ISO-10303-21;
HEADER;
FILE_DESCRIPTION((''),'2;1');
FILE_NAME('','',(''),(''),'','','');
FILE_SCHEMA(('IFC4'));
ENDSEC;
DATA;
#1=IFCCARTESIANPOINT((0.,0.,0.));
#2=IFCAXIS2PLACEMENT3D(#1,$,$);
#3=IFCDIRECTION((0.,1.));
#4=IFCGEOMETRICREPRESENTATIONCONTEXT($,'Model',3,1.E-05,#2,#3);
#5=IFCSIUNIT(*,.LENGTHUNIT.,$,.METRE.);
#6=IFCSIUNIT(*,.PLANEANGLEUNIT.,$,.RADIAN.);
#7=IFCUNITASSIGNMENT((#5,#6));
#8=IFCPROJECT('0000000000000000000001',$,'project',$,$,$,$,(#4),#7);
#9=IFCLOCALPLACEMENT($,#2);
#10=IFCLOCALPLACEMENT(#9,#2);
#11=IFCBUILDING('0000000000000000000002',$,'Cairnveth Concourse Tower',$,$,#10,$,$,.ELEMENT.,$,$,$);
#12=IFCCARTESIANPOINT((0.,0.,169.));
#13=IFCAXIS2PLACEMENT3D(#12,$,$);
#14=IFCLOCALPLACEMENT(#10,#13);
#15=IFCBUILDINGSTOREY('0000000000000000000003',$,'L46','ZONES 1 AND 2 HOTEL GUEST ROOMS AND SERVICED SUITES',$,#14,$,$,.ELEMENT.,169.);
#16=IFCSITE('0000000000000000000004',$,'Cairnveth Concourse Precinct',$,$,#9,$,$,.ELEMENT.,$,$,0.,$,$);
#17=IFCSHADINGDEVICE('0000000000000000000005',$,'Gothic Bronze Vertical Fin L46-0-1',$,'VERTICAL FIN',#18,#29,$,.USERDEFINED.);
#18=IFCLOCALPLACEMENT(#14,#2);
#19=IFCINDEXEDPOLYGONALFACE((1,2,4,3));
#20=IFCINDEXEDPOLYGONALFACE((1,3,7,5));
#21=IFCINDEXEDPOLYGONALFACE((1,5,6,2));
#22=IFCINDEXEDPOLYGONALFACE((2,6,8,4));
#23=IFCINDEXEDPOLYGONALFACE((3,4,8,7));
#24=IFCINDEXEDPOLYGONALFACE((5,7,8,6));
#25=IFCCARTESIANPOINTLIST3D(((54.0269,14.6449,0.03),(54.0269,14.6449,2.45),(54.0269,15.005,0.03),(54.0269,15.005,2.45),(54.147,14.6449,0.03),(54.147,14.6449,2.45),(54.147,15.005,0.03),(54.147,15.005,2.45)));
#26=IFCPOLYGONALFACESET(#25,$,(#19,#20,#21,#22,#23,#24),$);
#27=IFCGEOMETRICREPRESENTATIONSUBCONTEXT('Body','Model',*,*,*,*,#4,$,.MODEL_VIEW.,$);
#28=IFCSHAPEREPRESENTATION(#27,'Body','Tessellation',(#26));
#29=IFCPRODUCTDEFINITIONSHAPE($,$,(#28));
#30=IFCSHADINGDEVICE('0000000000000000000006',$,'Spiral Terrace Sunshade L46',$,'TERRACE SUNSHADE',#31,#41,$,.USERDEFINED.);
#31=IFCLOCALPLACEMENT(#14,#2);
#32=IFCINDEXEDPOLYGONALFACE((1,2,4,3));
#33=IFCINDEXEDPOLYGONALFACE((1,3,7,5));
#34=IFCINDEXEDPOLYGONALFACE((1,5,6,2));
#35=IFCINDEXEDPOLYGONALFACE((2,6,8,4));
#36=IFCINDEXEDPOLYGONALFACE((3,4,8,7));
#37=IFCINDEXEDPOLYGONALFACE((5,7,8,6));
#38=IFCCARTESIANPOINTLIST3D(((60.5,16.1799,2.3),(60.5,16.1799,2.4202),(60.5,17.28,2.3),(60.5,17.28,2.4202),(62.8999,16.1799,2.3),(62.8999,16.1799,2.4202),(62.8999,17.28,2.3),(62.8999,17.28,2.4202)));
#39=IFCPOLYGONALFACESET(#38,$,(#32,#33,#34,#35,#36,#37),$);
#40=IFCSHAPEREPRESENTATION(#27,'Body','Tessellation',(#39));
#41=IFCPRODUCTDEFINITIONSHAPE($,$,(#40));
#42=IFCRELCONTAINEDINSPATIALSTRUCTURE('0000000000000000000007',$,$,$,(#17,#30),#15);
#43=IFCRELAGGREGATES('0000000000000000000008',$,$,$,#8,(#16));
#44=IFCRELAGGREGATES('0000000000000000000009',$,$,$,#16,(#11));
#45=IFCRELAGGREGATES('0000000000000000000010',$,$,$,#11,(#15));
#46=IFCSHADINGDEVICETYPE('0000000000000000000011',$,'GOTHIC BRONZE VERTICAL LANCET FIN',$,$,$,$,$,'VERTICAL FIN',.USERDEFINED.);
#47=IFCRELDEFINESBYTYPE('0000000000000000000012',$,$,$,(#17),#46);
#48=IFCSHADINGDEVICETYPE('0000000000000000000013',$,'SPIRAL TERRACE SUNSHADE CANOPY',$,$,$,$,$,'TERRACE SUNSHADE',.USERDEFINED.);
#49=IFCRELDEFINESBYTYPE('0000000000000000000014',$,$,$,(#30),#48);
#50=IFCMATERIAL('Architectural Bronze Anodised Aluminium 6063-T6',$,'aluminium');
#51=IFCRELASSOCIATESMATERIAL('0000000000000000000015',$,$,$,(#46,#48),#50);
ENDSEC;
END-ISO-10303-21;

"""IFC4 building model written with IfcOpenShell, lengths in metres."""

from ifc_helpers import new_model, si_unit, direction, frame, origin, origin_2d, place, context, subcontext, project, spatial, rectangle, extrude, material, type_object, element, save


model = new_model("IFC4")

# Units and contexts
model_context = context("Model", 3, precision=1e-05, world=origin(), true_north=direction((0.0, 1.0)))
body_context = subcontext(model_context, "Body", "Model", "MODEL_VIEW")
ifc_project = project(units=[si_unit("LENGTHUNIT", "METRE"), si_unit("PLANEANGLEUNIT", "RADIAN")], contexts=[model_context])

# Site, building, storey
site_placement = place(None, origin())
site = spatial("IfcSite", under=ifc_project, at=site_placement, Name="Cairnveth Concourse Precinct", CompositionType="ELEMENT", RefElevation=0.0)
building_placement = place(site_placement, origin())
building = spatial("IfcBuilding", under=site, at=building_placement, Name="Cairnveth Concourse Tower", CompositionType="ELEMENT")
storey_placement = place(building_placement, frame((0.0, 0.0, 169.0)))
storey = spatial("IfcBuildingStorey", under=building, at=storey_placement, Name="L46", Description="ZONES 1 AND 2 HOTEL GUEST ROOMS AND SERVICED SUITES", CompositionType="ELEMENT", Elevation=169.0)

# Shared definitions
ifc_material_1 = material(Name="Architectural Bronze Anodised Aluminium 6063-T6", Category="aluminium")

# Shading devices
shading_device_type_1 = type_object("IfcShadingDeviceType", Name="GOTHIC BRONZE VERTICAL LANCET FIN", ElementType="VERTICAL FIN", PredefinedType="USERDEFINED", material=ifc_material_1)
shading_device_1_placement = place(storey_placement, frame((54.0869, 14.825, 0.03), z_axis=(0.0, 0.0, 1.0), x_axis=(1.0, 0.0, 0.0)))
element("IfcShadingDevice", 1, at=shading_device_1_placement, inside=storey, type_object=shading_device_type_1, Name="Gothic Bronze Vertical Fin L46-0-1", ObjectType="VERTICAL FIN", PredefinedType="USERDEFINED", context=body_context, shape_type="SweptSolid", body=[
    extrude(rectangle(XDim=0.1201, YDim=0.3601, at=origin_2d()), origin(), (0.0, 0.0, 1.0), 2.4199),
])
shading_device_type_2 = type_object("IfcShadingDeviceType", Name="SPIRAL TERRACE SUNSHADE CANOPY", ElementType="TERRACE SUNSHADE", PredefinedType="USERDEFINED", material=ifc_material_1)
shading_device_2_placement = place(storey_placement, frame((61.7, 16.73, 2.3), z_axis=(0.0, 0.0, 1.0), x_axis=(1.0, 0.0, 0.0)))
element("IfcShadingDevice", 2, at=shading_device_2_placement, inside=storey, type_object=shading_device_type_2, Name="Spiral Terrace Sunshade L46", ObjectType="TERRACE SUNSHADE", PredefinedType="USERDEFINED", context=body_context, shape_type="SweptSolid", body=[
    extrude(rectangle(XDim=2.3999, YDim=1.1001, at=origin_2d()), origin(), (0.0, 0.0, 1.0), 0.1201),
])

save(model, "model.ifc")
